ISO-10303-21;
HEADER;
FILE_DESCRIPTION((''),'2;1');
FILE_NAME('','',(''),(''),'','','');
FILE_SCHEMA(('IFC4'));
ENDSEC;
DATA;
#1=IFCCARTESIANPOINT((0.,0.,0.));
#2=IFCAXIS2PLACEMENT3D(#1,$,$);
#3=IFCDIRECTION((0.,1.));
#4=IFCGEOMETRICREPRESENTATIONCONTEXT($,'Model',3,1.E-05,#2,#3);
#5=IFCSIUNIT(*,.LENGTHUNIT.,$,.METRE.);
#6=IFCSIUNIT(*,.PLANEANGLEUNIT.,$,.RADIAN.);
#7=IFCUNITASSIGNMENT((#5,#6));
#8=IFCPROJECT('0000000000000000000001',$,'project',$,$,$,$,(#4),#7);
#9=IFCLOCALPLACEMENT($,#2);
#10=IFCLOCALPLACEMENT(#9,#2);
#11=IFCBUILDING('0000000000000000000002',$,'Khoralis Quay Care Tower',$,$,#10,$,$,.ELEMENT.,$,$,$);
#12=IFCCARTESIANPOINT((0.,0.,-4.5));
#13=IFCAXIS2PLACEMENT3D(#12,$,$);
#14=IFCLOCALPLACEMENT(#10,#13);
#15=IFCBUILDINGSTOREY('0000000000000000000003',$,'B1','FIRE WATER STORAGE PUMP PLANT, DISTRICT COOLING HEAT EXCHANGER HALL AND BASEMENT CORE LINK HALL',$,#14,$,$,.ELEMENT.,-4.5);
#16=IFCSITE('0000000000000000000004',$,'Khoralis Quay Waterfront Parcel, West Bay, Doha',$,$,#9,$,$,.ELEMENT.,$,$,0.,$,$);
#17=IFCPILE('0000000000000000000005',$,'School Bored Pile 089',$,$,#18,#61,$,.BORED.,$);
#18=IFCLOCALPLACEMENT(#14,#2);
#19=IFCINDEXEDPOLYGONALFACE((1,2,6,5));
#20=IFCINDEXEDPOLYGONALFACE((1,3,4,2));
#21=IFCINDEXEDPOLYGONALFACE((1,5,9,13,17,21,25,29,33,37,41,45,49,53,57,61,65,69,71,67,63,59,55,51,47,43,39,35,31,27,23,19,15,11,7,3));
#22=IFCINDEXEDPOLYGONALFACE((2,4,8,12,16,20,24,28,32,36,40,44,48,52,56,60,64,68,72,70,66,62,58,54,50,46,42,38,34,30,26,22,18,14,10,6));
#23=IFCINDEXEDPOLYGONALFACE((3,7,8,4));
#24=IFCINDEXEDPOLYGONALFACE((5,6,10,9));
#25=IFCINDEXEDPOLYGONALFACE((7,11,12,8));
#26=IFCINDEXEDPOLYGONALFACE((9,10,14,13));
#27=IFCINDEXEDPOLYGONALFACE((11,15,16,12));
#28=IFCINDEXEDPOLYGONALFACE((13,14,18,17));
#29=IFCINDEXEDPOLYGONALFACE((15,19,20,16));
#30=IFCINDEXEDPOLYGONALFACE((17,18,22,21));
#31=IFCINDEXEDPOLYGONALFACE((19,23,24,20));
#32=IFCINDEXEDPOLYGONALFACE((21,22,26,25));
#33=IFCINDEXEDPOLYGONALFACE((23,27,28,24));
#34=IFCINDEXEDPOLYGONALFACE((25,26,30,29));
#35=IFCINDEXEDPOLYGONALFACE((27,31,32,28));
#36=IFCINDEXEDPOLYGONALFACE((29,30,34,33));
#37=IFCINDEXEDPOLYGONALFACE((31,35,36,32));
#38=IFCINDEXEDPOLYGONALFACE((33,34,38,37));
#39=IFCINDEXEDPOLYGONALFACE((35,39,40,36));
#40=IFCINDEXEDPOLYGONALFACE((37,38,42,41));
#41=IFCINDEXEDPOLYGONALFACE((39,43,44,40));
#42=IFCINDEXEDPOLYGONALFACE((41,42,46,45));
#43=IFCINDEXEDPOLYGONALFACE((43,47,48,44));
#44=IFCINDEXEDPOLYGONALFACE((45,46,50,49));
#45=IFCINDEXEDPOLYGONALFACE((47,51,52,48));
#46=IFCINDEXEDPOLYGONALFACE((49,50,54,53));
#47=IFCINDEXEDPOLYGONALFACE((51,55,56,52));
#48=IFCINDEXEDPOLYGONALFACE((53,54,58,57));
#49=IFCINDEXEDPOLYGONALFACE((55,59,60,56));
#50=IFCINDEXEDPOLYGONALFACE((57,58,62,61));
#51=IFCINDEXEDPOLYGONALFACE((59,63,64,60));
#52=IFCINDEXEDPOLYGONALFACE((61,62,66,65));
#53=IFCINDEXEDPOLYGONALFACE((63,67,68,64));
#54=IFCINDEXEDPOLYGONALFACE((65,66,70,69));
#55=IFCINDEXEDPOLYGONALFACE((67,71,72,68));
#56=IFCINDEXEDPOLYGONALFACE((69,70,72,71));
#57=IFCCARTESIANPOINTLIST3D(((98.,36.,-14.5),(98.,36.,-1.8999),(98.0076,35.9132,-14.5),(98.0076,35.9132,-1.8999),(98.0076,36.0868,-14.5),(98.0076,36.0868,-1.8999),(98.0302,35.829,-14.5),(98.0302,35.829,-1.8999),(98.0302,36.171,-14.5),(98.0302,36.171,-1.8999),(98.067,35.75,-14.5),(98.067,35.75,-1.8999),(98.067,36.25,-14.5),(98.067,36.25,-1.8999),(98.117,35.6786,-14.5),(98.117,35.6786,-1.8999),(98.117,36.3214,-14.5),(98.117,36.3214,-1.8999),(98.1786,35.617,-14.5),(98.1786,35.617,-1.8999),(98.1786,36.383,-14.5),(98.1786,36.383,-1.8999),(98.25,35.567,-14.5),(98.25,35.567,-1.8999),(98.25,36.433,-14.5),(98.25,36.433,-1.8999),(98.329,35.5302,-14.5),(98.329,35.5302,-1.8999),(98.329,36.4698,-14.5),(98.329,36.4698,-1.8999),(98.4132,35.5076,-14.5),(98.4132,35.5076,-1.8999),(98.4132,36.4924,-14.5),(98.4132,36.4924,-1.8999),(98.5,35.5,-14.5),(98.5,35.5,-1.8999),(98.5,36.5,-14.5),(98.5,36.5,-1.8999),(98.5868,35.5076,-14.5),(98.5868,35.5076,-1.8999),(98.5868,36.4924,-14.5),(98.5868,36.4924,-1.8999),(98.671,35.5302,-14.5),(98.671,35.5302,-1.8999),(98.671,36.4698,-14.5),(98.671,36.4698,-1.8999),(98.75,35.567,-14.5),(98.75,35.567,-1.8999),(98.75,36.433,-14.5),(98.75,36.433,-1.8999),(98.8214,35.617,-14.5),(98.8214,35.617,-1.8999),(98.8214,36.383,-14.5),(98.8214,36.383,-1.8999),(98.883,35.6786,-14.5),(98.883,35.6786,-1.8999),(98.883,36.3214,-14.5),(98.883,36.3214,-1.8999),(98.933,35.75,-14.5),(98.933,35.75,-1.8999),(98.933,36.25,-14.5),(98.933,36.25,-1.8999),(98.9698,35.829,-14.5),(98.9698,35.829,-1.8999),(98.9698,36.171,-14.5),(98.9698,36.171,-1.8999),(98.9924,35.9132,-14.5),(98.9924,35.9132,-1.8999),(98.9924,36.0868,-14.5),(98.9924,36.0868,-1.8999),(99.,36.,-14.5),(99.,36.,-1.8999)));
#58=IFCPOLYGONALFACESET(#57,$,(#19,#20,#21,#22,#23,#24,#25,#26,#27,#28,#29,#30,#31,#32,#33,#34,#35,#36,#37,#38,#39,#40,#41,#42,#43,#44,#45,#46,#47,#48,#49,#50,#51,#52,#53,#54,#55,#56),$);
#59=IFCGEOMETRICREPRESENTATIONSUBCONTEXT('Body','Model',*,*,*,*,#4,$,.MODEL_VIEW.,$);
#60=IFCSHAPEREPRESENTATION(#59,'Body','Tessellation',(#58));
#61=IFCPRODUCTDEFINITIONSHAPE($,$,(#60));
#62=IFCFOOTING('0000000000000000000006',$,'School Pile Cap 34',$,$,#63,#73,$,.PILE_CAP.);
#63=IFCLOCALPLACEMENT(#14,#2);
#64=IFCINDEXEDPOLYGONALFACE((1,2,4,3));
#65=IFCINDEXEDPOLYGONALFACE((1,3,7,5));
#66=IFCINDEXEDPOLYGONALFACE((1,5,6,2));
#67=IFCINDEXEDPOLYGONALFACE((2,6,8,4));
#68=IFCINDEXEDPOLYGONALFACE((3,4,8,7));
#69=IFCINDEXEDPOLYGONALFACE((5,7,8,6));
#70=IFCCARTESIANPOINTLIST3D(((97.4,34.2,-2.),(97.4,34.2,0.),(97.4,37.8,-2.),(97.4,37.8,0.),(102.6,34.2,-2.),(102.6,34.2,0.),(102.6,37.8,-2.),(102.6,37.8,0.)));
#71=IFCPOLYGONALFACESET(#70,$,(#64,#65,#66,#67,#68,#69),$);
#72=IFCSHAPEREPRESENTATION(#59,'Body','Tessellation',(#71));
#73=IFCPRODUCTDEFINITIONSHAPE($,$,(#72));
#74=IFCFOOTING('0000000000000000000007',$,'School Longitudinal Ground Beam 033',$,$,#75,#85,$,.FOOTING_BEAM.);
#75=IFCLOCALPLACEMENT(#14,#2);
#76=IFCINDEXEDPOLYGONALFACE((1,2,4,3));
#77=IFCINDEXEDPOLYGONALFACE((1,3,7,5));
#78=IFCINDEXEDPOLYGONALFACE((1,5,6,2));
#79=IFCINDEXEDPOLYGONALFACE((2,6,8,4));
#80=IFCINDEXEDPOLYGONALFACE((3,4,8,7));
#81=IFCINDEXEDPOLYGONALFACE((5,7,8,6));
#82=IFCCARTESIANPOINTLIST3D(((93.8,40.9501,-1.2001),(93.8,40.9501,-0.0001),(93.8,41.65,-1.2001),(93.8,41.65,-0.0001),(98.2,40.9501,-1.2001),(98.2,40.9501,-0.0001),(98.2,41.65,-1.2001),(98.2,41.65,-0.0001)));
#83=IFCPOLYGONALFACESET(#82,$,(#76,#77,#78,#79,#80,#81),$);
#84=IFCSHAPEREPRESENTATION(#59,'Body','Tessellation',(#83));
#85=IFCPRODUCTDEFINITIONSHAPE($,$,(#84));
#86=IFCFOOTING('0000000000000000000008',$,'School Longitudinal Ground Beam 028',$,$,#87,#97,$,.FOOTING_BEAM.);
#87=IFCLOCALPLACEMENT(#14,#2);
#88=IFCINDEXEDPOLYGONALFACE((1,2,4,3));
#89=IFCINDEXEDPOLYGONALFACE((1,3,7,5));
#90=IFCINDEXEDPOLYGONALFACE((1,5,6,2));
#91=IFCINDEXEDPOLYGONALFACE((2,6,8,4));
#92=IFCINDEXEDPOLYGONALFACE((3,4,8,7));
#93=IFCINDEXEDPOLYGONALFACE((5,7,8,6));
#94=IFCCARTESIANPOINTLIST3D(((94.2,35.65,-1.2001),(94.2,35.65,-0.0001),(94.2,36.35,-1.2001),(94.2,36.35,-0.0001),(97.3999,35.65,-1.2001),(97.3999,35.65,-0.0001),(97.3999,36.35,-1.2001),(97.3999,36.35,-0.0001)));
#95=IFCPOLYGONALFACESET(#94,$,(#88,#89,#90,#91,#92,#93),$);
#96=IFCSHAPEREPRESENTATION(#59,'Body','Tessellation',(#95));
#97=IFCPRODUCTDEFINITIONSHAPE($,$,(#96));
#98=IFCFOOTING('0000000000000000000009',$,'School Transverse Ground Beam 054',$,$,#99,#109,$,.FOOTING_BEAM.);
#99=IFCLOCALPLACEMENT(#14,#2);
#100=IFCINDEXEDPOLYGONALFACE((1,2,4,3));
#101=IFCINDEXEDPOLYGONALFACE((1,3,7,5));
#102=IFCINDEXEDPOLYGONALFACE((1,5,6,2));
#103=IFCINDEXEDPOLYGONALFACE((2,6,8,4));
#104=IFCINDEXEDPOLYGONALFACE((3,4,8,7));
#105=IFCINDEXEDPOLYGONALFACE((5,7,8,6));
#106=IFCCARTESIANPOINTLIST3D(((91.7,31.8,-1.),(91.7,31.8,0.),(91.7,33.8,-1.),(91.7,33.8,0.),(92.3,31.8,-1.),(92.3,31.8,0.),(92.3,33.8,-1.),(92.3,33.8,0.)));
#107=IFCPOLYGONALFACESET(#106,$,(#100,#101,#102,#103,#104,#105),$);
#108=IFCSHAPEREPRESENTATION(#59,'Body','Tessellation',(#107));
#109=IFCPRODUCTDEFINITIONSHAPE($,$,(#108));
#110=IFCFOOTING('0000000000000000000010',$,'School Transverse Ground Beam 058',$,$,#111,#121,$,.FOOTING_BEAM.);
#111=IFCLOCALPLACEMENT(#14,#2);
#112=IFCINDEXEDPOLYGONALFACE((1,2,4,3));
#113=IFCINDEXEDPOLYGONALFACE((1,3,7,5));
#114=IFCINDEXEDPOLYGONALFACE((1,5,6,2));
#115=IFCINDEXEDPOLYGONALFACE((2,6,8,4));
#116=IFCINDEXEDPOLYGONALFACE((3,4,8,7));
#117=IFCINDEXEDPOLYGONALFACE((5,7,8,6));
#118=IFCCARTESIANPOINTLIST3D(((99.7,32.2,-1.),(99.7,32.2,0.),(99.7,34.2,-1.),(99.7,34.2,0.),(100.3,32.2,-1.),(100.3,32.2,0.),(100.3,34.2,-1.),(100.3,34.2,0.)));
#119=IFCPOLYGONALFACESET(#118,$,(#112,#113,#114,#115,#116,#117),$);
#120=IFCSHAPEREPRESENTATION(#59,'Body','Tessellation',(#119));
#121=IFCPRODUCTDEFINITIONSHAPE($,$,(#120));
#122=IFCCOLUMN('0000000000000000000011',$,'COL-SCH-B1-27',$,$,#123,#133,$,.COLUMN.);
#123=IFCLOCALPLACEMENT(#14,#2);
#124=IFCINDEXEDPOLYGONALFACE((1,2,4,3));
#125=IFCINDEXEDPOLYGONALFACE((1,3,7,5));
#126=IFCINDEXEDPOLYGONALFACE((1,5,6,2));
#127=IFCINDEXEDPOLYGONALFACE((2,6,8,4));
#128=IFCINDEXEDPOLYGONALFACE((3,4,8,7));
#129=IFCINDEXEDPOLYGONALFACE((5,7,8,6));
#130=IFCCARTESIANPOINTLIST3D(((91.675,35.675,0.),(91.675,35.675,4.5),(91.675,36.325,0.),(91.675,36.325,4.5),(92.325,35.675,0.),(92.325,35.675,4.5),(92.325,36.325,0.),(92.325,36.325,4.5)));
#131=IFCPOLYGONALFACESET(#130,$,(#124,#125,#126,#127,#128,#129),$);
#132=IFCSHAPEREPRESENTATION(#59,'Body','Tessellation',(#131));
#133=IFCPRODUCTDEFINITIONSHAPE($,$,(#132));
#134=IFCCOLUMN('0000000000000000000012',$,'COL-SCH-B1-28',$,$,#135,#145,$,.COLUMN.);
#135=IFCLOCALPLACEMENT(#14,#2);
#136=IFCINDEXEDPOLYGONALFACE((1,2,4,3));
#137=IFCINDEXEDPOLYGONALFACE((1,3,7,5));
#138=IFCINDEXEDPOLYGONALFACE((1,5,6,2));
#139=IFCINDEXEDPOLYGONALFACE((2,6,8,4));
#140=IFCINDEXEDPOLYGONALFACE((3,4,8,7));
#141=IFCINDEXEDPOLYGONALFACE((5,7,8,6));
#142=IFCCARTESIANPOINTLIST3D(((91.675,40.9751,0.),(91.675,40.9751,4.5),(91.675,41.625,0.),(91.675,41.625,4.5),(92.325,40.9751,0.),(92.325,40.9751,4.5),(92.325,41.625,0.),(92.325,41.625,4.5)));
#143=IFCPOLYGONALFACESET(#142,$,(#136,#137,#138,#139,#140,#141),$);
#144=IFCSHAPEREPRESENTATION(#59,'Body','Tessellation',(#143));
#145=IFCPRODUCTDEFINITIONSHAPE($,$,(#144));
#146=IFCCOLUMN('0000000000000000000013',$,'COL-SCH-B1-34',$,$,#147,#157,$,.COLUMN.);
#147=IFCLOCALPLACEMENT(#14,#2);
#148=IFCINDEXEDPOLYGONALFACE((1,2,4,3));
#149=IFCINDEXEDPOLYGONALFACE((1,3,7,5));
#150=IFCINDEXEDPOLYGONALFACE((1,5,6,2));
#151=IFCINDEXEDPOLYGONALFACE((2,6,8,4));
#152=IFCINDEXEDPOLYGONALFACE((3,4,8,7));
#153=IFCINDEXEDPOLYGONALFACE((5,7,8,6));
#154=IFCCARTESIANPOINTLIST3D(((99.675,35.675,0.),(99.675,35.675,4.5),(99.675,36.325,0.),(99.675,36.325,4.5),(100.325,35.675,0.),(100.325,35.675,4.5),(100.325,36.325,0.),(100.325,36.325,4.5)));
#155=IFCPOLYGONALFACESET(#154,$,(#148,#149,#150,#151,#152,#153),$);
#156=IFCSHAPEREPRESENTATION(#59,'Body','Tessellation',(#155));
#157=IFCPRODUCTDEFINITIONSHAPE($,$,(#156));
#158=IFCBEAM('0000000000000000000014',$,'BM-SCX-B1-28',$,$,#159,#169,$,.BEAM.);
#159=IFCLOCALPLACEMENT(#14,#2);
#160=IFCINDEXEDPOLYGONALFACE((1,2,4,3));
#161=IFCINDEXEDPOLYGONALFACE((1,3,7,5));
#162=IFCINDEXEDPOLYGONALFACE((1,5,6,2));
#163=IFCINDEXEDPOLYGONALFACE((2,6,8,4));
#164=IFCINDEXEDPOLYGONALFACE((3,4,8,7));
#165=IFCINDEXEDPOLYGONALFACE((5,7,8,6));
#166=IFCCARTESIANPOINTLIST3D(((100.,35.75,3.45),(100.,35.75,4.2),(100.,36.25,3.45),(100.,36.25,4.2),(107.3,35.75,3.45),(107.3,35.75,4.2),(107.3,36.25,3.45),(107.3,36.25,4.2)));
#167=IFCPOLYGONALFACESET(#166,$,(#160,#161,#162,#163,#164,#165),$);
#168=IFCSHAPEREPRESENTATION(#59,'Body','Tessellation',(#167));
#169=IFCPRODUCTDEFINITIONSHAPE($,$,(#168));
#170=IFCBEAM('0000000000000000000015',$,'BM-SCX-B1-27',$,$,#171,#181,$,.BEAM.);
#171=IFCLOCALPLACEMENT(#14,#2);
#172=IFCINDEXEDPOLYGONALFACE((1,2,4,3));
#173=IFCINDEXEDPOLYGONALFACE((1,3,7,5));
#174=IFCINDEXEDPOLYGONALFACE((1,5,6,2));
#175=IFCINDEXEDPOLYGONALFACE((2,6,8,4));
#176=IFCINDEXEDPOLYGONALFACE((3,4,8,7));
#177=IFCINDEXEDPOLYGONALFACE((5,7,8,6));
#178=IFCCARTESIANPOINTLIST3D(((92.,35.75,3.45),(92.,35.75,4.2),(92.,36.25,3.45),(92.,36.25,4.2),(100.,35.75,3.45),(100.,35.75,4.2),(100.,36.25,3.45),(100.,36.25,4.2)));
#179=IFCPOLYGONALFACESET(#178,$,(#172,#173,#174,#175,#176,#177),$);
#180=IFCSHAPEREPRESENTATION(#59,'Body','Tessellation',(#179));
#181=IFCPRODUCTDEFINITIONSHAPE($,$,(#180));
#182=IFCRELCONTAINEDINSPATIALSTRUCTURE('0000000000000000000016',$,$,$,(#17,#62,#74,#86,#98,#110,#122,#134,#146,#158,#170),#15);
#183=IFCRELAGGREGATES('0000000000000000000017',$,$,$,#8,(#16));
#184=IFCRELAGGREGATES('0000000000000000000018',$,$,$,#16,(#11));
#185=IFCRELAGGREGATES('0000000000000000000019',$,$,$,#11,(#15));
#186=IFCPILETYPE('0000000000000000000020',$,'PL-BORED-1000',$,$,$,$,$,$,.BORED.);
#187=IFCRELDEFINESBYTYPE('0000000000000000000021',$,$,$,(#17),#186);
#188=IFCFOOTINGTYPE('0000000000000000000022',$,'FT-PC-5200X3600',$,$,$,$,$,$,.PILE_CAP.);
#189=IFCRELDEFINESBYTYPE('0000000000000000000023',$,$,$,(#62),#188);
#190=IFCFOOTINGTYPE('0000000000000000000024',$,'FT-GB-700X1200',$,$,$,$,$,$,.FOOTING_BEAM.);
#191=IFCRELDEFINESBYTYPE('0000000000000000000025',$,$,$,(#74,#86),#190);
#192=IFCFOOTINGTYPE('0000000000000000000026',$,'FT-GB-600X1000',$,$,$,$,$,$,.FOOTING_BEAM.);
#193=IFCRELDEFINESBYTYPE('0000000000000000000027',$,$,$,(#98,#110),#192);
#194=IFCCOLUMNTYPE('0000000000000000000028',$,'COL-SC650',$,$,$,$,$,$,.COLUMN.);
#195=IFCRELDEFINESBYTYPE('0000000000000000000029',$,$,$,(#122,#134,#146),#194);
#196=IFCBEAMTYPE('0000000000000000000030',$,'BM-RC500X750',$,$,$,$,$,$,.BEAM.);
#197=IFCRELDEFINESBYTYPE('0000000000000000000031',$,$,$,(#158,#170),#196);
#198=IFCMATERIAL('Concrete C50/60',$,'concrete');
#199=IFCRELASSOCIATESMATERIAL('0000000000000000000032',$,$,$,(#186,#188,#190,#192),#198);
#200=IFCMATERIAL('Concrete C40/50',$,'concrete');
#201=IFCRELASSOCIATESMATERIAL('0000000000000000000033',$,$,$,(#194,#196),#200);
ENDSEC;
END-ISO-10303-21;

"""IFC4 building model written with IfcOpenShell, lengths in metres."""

from ifc_helpers import new_model, si_unit, direction, frame, origin, origin_2d, place, context, subcontext, project, spatial, rectangle, circle, extrude, source, transform, mapped, material, material_profile, profile_set, type_object, element, save


model = new_model("IFC4")

# Units and contexts
model_context = context("Model", 3, precision=1e-05, world=origin(), true_north=direction((0.0, 1.0)))
body_context = subcontext(model_context, "Body", "Model", "MODEL_VIEW")
ifc_project = project(units=[si_unit("LENGTHUNIT", "METRE"), si_unit("PLANEANGLEUNIT", "RADIAN")], contexts=[model_context])

# Site, building, storey
site_placement = place(None, origin())
site = spatial("IfcSite", under=ifc_project, at=site_placement, Name="Khoralis Quay Waterfront Parcel, West Bay, Doha", CompositionType="ELEMENT", RefElevation=0.0)
building_placement = place(site_placement, origin())
building = spatial("IfcBuilding", under=site, at=building_placement, Name="Khoralis Quay Care Tower", CompositionType="ELEMENT")
storey_placement = place(building_placement, frame((0.0, 0.0, -4.5)))
storey = spatial("IfcBuildingStorey", under=building, at=storey_placement, Name="B1", Description="FIRE WATER STORAGE PUMP PLANT, DISTRICT COOLING HEAT EXCHANGER HALL AND BASEMENT CORE LINK HALL", CompositionType="ELEMENT", Elevation=-4.5)

# Shared definitions
ifc_material_1 = material(Name="Concrete C50/60", Category="concrete")

# Pile
ifc_material_profile_1 = material_profile(ifc_material_1, circle(Radius=0.5, at=origin_2d()), Name="Concrete C50/60")
ifc_profile_set_1 = profile_set([ifc_material_profile_1], Name="Concrete C50/60")
pile_type_1 = type_object("IfcPileType", Name="PL-BORED-1000", PredefinedType="BORED", material=ifc_profile_set_1)
shared_shape_1 = source(origin(), body_context, "Body", "SweptSolid", [
    extrude(circle(Radius=0.5, at=origin_2d()), origin(), (0.0, 0.0, 1.0), 12.6001),
])
for number, where, z_axis, x_axis, name in (
    (1, (98.5, 36.0, -1.8999), (0.0, 0.0, -1.0), (1.0, 0.0, 0.0), "School Bored Pile 089"),
):
    element("IfcPile", number, at=place(storey_placement, frame(where, z_axis=z_axis, x_axis=x_axis)), inside=storey, type_object=pile_type_1, Name=name, PredefinedType="BORED", context=body_context, shape_type="MappedRepresentation", body=[
        mapped(shared_shape_1, transform((0.0, 0.0, 0.0), scale=1.0)),
    ])

# Footings
footing_type_1 = type_object("IfcFootingType", Name="FT-PC-5200X3600", PredefinedType="PILE_CAP", material=ifc_material_1)
shared_shape_2 = source(origin(), body_context, "Body", "SweptSolid", [
    extrude(rectangle(XDim=5.2, YDim=3.6001, at=origin_2d()), origin(), (0.0, 0.0, 1.0), 2.0),
])
footing_1_placement = place(storey_placement, frame((100.0, 36.0, -2.0), z_axis=(0.0, 0.0, 1.0), x_axis=(1.0, 0.0, 0.0)))
element("IfcFooting", 2, at=footing_1_placement, inside=storey, type_object=footing_type_1, Name="School Pile Cap 34", PredefinedType="PILE_CAP", context=body_context, shape_type="MappedRepresentation", body=[
    mapped(shared_shape_2, transform((0.0, 0.0, 0.0), scale=1.0)),
])
ifc_material_profile_2 = material_profile(ifc_material_1, rectangle(XDim=0.7, YDim=1.2, at=origin_2d()), Name="Concrete C50/60")
ifc_profile_set_2 = profile_set([ifc_material_profile_2], Name="Concrete C50/60")
footing_type_2 = type_object("IfcFootingType", Name="FT-GB-700X1200", PredefinedType="FOOTING_BEAM", material=ifc_profile_set_2)
shared_shape_3 = source(origin(), body_context, "Body", "SweptSolid", [
    extrude(rectangle(XDim=0.7, YDim=1.2, at=origin_2d()), origin(), (0.0, 0.0, 1.0), 4.3999),
])
footing_2_placement = place(storey_placement, frame((93.8, 41.3, -0.6001), z_axis=(1.0, 0.0, 0.0), x_axis=(0.0, 1.0, 0.0)))
element("IfcFooting", 3, at=footing_2_placement, inside=storey, type_object=footing_type_2, Name="School Longitudinal Ground Beam 033", PredefinedType="FOOTING_BEAM", context=body_context, shape_type="MappedRepresentation", body=[
    mapped(shared_shape_3, transform((0.0, 0.0, 0.0), scale=1.0)),
])
shared_shape_4 = source(origin(), body_context, "Body", "SweptSolid", [
    extrude(rectangle(XDim=0.7, YDim=1.2, at=origin_2d()), origin(), (0.0, 0.0, 1.0), 3.2),
])
footing_3_placement = place(storey_placement, frame((94.2, 36.0, -0.6001), z_axis=(1.0, 0.0, 0.0), x_axis=(0.0, 1.0, 0.0)))
element("IfcFooting", 4, at=footing_3_placement, inside=storey, type_object=footing_type_2, Name="School Longitudinal Ground Beam 028", PredefinedType="FOOTING_BEAM", context=body_context, shape_type="MappedRepresentation", body=[
    mapped(shared_shape_4, transform((0.0, 0.0, 0.0), scale=1.0)),
])
ifc_material_profile_3 = material_profile(ifc_material_1, rectangle(XDim=0.6001, YDim=1.0, at=origin_2d()), Name="Concrete C50/60")
ifc_profile_set_3 = profile_set([ifc_material_profile_3], Name="Concrete C50/60")
footing_type_3 = type_object("IfcFootingType", Name="FT-GB-600X1000", PredefinedType="FOOTING_BEAM", material=ifc_profile_set_3)
shared_shape_5 = source(origin(), body_context, "Body", "SweptSolid", [
    extrude(rectangle(XDim=0.6001, YDim=1.0, at=origin_2d()), origin(), (0.0, 0.0, 1.0), 2.0),
])
for number, where, z_axis, x_axis, name in (
    (5, (92.0, 31.8, -0.5), (0.0, 1.0, 0.0), (-1.0, 0.0, 0.0), "School Transverse Ground Beam 054"),
    (6, (100.0, 32.2, -0.5), (0.0, 1.0, 0.0), (-1.0, 0.0, 0.0), "School Transverse Ground Beam 058"),
):
    element("IfcFooting", number, at=place(storey_placement, frame(where, z_axis=z_axis, x_axis=x_axis)), inside=storey, type_object=footing_type_3, Name=name, PredefinedType="FOOTING_BEAM", context=body_context, shape_type="MappedRepresentation", body=[
        mapped(shared_shape_5, transform((0.0, 0.0, 0.0), scale=1.0)),
    ])

# Columns
ifc_material_2 = material(Name="Concrete C40/50", Category="concrete")
ifc_material_profile_4 = material_profile(ifc_material_2, rectangle(XDim=0.6499, YDim=0.6499, at=origin_2d()), Name="Concrete C40/50")
ifc_profile_set_4 = profile_set([ifc_material_profile_4], Name="Concrete C40/50")
column_type = type_object("IfcColumnType", Name="COL-SC650", PredefinedType="COLUMN", material=ifc_profile_set_4)
shared_shape_6 = source(origin(), body_context, "Body", "SweptSolid", [
    extrude(rectangle(XDim=0.6499, YDim=0.6499, at=origin_2d()), origin(), (0.0, 0.0, 1.0), 4.5),
])
for number, where, z_axis, x_axis, name in (
    (7, (92.0, 36.0, 0.0), (0.0, 0.0, 1.0), (1.0, 0.0, 0.0), "COL-SCH-B1-27"),
    (8, (92.0, 41.3, 0.0), (0.0, 0.0, 1.0), (1.0, 0.0, 0.0), "COL-SCH-B1-28"),
    (9, (100.0, 36.0, 0.0), (0.0, 0.0, 1.0), (1.0, 0.0, 0.0), "COL-SCH-B1-34"),
):
    element("IfcColumn", number, at=place(storey_placement, frame(where, z_axis=z_axis, x_axis=x_axis)), inside=storey, type_object=column_type, Name=name, PredefinedType="COLUMN", context=body_context, shape_type="MappedRepresentation", body=[
        mapped(shared_shape_6, transform((0.0, 0.0, 0.0), scale=1.0)),
    ])

# Beams
ifc_material_profile_5 = material_profile(ifc_material_2, rectangle(XDim=0.5, YDim=0.75, at=origin_2d()), Name="Concrete C40/50")
ifc_profile_set_5 = profile_set([ifc_material_profile_5], Name="Concrete C40/50")
beam_type = type_object("IfcBeamType", Name="BM-RC500X750", PredefinedType="BEAM", material=ifc_profile_set_5)
shared_shape_7 = source(origin(), body_context, "Body", "SweptSolid", [
    extrude(rectangle(XDim=0.5, YDim=0.75, at=origin_2d()), origin(), (0.0, 0.0, 1.0), 7.3),
])
beam_1_placement = place(storey_placement, frame((100.0, 36.0, 3.825), z_axis=(1.0, 0.0, 0.0), x_axis=(0.0, 1.0, 0.0)))
element("IfcBeam", 10, at=beam_1_placement, inside=storey, type_object=beam_type, Name="BM-SCX-B1-28", PredefinedType="BEAM", context=body_context, shape_type="MappedRepresentation", body=[
    mapped(shared_shape_7, transform((0.0, 0.0, 0.0), scale=1.0)),
])
shared_shape_8 = source(origin(), body_context, "Body", "SweptSolid", [
    extrude(rectangle(XDim=0.5, YDim=0.75, at=origin_2d()), origin(), (0.0, 0.0, 1.0), 8.0),
])
for number, where, z_axis, x_axis, name in (
    (11, (92.0, 36.0, 3.825), (1.0, 0.0, 0.0), (0.0, 1.0, 0.0), "BM-SCX-B1-27"),
):
    element("IfcBeam", number, at=place(storey_placement, frame(where, z_axis=z_axis, x_axis=x_axis)), inside=storey, type_object=beam_type, Name=name, PredefinedType="BEAM", context=body_context, shape_type="MappedRepresentation", body=[
        mapped(shared_shape_8, transform((0.0, 0.0, 0.0), scale=1.0)),
    ])

save(model, "model.ifc")
